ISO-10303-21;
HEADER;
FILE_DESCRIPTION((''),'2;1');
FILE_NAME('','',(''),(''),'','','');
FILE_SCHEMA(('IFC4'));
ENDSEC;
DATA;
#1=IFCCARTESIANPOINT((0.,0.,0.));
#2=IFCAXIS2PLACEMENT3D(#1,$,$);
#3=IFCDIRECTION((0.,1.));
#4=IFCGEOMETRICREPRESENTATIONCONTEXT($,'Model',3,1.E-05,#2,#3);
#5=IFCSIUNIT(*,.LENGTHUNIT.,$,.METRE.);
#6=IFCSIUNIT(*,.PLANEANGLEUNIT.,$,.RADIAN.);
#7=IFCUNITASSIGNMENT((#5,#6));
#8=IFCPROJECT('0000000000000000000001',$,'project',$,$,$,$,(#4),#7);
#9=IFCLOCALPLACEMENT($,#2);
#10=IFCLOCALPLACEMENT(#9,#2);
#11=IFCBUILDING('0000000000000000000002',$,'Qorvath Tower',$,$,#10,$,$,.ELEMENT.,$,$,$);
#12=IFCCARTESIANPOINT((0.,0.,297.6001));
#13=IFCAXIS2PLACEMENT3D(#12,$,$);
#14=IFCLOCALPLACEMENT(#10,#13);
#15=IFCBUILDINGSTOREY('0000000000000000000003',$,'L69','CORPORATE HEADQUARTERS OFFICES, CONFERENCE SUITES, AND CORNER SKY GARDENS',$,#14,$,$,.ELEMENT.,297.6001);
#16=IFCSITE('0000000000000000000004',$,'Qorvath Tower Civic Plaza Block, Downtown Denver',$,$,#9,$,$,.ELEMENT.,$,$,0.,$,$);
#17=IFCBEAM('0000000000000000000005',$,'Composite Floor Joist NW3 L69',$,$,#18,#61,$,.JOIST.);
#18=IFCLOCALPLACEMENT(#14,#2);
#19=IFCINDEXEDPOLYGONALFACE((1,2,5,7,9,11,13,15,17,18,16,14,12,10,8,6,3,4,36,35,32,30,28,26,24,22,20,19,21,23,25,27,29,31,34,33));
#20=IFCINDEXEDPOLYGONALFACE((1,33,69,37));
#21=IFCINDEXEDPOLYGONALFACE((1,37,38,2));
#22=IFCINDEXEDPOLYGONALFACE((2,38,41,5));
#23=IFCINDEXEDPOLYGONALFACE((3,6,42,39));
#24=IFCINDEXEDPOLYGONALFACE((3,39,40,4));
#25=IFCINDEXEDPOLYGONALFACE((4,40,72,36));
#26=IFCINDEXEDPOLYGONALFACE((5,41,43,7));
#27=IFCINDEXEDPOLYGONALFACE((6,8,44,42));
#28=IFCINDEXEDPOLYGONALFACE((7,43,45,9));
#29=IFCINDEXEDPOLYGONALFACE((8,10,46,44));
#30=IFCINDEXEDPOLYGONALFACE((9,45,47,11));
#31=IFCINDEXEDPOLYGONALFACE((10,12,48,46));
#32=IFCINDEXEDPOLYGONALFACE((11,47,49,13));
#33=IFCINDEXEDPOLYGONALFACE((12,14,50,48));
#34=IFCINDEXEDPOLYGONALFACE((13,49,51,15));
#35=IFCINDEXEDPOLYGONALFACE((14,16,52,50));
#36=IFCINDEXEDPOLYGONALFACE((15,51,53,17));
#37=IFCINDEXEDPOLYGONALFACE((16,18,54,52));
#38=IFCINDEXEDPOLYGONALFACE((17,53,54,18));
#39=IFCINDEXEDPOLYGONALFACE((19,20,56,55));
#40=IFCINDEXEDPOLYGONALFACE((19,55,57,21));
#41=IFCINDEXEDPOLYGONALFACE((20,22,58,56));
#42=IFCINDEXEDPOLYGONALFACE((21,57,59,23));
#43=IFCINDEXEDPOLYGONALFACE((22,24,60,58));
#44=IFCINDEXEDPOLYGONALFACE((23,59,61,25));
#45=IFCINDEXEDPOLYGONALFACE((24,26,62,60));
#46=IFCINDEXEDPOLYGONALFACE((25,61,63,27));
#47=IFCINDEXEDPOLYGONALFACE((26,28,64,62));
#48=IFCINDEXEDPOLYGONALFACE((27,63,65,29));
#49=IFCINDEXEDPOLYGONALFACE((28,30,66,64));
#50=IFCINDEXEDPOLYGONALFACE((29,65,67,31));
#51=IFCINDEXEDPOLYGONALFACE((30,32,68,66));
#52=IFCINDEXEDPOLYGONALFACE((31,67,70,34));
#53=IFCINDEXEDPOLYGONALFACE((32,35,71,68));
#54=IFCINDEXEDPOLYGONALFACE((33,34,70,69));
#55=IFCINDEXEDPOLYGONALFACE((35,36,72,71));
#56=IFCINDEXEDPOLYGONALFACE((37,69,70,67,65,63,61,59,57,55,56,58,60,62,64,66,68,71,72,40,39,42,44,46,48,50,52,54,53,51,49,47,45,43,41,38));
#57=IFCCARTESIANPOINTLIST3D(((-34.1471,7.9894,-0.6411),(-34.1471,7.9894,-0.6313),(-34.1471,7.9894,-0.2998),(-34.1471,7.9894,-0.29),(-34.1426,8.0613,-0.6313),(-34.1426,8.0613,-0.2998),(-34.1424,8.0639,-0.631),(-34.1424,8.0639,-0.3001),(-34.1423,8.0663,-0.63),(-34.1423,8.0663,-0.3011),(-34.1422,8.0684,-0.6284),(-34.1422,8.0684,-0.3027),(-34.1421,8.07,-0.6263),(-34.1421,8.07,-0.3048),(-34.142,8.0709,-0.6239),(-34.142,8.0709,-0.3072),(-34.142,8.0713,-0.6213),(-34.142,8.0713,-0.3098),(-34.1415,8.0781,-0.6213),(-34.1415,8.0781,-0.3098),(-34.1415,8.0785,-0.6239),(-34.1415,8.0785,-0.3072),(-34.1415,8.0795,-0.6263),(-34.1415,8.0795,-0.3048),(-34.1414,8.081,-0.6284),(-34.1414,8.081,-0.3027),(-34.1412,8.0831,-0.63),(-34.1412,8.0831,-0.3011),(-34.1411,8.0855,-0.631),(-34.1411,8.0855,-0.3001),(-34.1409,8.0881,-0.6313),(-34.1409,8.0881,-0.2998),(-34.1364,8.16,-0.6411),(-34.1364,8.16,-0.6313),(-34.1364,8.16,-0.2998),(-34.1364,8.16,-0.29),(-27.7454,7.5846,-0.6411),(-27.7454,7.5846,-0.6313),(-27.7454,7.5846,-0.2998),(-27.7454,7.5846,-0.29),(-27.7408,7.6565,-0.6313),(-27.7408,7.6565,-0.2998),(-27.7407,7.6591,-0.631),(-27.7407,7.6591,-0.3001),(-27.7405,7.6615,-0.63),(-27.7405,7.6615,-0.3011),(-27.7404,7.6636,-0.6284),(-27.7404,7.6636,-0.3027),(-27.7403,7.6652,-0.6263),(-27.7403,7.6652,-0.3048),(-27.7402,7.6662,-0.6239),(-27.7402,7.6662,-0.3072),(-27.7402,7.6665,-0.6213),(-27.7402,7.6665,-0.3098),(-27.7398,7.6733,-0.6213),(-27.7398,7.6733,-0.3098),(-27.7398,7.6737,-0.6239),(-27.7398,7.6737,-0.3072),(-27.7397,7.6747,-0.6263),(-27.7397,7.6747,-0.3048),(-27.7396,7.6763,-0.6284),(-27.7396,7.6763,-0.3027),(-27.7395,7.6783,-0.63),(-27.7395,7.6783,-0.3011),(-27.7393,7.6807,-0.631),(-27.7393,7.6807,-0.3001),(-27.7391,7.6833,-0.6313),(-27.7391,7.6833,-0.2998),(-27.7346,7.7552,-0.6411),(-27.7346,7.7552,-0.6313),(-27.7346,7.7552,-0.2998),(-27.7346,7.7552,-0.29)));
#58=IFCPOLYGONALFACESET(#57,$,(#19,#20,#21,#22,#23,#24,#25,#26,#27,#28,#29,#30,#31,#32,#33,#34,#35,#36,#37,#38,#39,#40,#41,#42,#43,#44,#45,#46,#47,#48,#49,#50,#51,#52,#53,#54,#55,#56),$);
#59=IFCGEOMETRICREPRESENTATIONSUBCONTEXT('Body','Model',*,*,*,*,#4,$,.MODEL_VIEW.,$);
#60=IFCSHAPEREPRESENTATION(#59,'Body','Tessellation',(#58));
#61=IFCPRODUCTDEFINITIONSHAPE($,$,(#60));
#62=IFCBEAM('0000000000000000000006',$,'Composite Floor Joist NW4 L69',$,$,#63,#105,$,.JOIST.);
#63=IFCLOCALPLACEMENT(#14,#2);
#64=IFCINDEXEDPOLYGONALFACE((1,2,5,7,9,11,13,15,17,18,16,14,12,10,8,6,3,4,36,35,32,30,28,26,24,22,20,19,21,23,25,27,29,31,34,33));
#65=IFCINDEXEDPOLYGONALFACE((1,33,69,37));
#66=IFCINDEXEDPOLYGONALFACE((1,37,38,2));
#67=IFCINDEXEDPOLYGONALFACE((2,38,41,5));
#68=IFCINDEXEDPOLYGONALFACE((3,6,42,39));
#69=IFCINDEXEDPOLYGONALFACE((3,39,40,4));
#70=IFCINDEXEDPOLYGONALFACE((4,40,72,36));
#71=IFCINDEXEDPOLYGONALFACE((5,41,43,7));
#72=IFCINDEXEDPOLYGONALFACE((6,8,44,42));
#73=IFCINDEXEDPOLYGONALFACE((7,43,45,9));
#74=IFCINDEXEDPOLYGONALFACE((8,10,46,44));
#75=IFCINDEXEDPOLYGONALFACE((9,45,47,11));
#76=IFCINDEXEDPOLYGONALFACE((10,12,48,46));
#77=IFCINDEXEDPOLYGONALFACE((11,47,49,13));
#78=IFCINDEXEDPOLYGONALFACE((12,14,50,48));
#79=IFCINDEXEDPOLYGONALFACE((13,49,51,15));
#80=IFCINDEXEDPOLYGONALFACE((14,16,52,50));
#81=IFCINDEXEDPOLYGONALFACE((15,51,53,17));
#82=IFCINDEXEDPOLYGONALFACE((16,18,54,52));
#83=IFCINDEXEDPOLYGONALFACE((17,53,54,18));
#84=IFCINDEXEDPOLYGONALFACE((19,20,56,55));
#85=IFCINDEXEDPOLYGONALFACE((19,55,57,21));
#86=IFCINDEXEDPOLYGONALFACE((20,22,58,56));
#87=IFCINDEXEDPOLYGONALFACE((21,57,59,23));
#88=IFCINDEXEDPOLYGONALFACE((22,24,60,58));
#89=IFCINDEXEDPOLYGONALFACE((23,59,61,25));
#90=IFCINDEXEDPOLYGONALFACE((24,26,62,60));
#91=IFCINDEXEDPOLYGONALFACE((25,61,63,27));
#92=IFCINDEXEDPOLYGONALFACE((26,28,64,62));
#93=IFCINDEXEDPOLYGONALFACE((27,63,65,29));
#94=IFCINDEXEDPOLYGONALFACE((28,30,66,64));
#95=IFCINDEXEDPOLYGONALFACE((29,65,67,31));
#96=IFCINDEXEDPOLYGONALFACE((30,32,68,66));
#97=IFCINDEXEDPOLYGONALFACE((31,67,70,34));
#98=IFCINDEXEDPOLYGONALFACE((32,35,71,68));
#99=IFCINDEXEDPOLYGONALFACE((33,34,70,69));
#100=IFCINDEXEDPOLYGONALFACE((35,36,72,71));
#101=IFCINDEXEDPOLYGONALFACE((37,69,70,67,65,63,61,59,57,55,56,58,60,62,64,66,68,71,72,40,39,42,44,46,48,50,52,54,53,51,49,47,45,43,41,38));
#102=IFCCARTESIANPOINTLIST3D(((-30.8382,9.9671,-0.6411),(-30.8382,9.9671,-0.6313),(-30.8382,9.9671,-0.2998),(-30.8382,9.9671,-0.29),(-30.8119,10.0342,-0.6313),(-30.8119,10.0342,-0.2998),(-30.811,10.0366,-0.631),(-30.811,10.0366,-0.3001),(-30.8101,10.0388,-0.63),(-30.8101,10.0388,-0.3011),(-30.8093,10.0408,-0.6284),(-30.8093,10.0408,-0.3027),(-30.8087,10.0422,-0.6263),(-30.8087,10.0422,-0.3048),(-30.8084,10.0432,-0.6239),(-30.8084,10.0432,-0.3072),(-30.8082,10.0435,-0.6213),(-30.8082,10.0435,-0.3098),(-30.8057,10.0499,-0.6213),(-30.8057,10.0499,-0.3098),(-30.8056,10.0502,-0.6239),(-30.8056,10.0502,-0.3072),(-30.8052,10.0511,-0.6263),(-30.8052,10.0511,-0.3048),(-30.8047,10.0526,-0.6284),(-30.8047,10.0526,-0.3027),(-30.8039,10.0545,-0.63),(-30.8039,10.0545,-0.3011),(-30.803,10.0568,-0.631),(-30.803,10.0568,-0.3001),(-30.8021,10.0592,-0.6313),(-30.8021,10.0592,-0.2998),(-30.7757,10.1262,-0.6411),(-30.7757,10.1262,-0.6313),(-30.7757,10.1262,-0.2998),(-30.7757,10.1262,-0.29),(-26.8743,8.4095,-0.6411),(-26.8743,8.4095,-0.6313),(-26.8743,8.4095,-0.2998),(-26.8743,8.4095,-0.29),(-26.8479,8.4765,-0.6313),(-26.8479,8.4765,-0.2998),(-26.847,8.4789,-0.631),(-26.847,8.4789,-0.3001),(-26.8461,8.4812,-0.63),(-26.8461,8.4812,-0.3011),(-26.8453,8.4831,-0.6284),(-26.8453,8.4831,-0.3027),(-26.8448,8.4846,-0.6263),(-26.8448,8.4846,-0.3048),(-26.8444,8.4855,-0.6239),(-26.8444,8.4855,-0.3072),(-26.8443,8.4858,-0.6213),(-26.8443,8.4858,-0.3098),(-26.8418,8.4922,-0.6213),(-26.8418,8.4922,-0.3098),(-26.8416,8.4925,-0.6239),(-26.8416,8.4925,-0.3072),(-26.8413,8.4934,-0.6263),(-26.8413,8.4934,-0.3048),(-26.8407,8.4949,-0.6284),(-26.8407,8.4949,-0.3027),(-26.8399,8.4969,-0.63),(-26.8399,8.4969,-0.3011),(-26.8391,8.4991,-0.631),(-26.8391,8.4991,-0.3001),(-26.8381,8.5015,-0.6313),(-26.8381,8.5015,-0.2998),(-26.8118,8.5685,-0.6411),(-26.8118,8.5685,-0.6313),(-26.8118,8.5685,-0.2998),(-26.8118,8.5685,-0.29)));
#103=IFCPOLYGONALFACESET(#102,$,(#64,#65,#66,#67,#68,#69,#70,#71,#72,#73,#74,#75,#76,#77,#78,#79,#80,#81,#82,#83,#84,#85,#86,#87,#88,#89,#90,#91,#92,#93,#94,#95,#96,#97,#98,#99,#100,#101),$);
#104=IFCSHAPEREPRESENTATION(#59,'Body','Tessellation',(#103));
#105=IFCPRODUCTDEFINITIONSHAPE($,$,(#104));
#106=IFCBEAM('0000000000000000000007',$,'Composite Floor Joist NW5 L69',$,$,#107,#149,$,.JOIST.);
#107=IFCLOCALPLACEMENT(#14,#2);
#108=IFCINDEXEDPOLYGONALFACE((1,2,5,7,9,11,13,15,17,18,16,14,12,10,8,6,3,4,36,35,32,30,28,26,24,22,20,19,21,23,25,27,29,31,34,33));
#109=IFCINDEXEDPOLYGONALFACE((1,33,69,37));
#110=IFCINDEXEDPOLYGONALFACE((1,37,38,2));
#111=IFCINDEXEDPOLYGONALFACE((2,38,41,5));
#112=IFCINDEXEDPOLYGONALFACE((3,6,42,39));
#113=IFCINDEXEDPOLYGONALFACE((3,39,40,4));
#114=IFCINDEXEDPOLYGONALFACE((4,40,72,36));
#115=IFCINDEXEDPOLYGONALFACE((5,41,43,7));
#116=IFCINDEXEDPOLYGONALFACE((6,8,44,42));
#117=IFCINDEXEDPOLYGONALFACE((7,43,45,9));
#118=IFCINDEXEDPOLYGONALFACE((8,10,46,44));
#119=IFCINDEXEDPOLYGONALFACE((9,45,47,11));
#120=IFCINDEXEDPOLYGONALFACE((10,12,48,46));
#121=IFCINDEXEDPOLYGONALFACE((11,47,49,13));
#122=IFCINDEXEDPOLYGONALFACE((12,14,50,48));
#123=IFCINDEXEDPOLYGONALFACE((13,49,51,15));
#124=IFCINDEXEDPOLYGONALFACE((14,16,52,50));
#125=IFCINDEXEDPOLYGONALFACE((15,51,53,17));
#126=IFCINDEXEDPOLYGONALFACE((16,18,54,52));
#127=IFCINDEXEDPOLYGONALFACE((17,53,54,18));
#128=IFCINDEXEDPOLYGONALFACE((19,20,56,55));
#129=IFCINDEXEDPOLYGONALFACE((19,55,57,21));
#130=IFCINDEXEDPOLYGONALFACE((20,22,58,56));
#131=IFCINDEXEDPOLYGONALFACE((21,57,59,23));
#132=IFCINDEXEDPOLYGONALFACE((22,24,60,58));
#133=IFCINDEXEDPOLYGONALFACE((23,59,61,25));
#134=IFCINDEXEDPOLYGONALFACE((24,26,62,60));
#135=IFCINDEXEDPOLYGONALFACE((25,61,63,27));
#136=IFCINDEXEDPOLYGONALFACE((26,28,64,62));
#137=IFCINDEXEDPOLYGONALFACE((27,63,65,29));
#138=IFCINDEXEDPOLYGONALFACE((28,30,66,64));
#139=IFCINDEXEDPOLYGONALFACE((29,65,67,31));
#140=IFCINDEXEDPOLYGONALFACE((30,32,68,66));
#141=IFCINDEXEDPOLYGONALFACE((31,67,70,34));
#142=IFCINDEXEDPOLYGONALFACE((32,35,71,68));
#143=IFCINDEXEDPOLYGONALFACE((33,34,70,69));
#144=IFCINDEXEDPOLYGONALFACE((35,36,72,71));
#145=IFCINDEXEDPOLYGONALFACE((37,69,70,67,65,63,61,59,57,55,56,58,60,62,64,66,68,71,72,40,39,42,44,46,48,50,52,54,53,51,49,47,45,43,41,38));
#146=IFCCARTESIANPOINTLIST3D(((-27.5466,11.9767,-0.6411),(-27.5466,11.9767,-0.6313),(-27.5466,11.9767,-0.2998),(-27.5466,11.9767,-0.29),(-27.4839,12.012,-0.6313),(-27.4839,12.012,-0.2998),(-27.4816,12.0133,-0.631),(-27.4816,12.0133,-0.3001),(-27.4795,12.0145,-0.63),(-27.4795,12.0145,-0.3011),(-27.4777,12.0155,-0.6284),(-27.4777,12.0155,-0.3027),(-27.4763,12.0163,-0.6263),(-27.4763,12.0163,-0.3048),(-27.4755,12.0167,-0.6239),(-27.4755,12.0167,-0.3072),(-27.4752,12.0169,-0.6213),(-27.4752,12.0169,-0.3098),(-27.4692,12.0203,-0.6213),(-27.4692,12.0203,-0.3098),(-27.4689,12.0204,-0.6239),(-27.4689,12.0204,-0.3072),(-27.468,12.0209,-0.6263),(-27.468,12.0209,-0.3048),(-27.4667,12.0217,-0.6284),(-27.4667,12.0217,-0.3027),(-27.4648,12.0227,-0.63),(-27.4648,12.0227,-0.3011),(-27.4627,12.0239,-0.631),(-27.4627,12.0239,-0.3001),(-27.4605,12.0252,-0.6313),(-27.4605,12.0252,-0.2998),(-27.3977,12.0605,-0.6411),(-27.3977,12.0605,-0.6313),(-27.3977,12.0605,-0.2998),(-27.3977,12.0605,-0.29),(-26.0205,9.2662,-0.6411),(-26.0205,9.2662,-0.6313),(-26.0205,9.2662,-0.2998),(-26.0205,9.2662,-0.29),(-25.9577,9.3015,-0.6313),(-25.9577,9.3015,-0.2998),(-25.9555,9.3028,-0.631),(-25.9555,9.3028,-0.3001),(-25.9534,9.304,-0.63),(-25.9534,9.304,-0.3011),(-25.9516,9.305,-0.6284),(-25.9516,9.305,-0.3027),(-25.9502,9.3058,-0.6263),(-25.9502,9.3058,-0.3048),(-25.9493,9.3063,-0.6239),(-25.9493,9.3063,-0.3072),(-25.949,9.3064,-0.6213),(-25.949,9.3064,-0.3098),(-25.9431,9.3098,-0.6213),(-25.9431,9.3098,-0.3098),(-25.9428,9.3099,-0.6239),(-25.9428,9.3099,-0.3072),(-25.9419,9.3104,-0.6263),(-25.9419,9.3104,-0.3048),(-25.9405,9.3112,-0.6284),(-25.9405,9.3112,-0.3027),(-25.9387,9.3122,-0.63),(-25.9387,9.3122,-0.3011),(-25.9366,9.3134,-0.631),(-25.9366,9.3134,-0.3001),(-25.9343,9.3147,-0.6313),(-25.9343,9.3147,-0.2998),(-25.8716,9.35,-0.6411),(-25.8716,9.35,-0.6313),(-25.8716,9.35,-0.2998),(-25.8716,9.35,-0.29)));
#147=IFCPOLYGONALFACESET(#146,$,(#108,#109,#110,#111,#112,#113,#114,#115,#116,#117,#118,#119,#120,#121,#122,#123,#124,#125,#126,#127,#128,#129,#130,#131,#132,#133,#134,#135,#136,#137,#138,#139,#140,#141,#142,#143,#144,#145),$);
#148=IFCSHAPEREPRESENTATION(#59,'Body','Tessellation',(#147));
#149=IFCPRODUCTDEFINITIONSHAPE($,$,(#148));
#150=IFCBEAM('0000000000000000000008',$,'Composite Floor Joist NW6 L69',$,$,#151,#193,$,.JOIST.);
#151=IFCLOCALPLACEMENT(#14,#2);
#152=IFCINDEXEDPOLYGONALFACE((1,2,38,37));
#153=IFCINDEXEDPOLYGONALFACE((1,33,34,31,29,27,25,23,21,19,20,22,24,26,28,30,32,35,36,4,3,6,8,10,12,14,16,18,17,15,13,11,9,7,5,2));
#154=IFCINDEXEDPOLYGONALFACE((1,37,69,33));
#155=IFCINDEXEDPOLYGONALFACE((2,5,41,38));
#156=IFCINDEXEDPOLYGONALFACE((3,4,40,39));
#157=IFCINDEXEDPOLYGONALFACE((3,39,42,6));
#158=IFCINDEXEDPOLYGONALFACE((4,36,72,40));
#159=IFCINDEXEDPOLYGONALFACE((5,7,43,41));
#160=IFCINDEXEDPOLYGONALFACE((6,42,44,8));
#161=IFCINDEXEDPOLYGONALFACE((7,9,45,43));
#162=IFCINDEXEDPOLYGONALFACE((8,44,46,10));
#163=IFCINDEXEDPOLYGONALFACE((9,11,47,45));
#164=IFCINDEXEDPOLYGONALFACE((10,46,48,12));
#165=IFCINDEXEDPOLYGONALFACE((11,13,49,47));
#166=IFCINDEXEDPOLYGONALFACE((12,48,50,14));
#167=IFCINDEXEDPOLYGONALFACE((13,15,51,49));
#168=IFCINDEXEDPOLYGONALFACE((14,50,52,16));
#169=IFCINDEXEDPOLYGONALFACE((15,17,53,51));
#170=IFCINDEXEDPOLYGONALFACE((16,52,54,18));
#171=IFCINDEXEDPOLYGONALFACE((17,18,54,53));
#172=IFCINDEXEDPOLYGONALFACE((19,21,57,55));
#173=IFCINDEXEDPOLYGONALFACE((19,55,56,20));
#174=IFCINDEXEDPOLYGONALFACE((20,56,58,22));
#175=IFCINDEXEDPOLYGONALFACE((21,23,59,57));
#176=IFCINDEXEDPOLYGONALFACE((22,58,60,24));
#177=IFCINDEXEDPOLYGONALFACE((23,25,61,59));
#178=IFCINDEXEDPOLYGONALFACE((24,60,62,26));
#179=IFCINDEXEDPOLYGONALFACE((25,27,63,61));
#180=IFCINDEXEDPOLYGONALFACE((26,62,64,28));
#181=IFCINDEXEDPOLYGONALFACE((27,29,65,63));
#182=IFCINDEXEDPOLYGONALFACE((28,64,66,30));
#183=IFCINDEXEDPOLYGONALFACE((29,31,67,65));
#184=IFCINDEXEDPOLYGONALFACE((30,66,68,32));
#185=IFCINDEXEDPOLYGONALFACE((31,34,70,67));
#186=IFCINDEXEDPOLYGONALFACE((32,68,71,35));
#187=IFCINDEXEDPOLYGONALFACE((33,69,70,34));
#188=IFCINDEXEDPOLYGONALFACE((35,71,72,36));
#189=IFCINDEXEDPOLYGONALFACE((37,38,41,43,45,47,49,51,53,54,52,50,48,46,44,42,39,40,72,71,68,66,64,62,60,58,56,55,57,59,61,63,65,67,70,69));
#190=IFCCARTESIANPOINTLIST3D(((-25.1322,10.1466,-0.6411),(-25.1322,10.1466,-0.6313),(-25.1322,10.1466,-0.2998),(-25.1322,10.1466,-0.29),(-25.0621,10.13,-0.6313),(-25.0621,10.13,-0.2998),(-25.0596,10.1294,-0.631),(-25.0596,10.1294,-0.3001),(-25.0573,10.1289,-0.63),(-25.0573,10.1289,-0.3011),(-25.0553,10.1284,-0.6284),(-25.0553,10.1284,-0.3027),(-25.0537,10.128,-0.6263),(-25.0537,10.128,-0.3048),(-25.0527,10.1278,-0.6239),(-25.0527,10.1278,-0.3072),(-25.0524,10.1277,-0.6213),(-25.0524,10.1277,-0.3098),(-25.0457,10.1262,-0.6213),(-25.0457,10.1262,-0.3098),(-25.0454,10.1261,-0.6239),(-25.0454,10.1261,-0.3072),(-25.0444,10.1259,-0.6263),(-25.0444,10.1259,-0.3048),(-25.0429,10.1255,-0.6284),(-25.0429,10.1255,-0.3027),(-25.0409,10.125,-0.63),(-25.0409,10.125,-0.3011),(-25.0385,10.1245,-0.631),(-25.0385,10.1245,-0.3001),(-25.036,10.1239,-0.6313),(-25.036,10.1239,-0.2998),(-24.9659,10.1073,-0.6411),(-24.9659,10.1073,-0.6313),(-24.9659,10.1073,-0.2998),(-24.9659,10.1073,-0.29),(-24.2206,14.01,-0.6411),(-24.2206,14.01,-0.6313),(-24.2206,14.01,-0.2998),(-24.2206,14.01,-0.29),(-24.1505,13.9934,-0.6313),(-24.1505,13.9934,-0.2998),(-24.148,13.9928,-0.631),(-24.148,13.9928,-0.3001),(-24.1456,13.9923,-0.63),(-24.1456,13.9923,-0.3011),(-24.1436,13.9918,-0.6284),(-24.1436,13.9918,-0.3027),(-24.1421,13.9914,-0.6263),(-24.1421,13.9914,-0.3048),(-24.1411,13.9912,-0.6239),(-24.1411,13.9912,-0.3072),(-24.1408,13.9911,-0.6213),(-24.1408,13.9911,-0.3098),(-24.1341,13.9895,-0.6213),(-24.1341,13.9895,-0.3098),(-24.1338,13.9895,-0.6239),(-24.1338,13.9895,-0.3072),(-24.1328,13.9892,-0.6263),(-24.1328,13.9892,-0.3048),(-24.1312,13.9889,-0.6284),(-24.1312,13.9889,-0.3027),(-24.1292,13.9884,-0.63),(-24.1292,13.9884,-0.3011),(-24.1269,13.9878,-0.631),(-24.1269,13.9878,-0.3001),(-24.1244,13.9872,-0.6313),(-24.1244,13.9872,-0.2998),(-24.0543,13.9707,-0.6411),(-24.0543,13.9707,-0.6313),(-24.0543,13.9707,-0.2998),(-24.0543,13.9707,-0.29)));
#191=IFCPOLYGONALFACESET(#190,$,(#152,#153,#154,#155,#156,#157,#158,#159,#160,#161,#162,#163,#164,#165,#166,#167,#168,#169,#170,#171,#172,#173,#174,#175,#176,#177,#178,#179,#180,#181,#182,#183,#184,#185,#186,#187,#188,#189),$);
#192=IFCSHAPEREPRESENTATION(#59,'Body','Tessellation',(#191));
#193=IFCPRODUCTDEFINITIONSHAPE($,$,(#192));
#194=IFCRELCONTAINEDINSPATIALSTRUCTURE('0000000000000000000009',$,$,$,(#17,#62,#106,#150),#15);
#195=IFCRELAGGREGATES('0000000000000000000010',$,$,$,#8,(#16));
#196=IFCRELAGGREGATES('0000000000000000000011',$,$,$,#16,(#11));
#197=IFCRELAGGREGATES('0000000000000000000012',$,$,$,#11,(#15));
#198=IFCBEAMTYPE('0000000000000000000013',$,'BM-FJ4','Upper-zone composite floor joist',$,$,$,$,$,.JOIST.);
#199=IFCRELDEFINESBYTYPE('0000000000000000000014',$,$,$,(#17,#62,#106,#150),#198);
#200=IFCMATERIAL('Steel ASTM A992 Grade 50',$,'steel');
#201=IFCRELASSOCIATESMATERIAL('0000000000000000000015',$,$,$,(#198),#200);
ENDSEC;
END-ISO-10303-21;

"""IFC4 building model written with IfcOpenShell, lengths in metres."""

from ifc_helpers import new_model, si_unit, direction, frame, origin, origin_2d, place, context, subcontext, project, spatial, i_section, extrude, material, material_profile, profile_set, type_object, element, save


model = new_model("IFC4")

# Units and contexts
model_context = context("Model", 3, precision=1e-05, world=origin(), true_north=direction((0.0, 1.0)))
body_context = subcontext(model_context, "Body", "Model", "MODEL_VIEW")
ifc_project = project(units=[si_unit("LENGTHUNIT", "METRE"), si_unit("PLANEANGLEUNIT", "RADIAN")], contexts=[model_context])

# Site, building, storey
site_placement = place(None, origin())
site = spatial("IfcSite", under=ifc_project, at=site_placement, Name="Qorvath Tower Civic Plaza Block, Downtown Denver", CompositionType="ELEMENT", RefElevation=0.0)
building_placement = place(site_placement, origin())
building = spatial("IfcBuilding", under=site, at=building_placement, Name="Qorvath Tower", CompositionType="ELEMENT")
storey_placement = place(building_placement, frame((0.0, 0.0, 297.6001)))
storey = spatial("IfcBuildingStorey", under=building, at=storey_placement, Name="L69", Description="CORPORATE HEADQUARTERS OFFICES, CONFERENCE SUITES, AND CORNER SKY GARDENS", CompositionType="ELEMENT", Elevation=297.6001)

# Beams
ifc_material_1 = material(Name="Steel ASTM A992 Grade 50", Category="steel")
ifc_material_profile_1 = material_profile(ifc_material_1, i_section(OverallWidth=0.1709, OverallDepth=0.3511, WebThickness=0.0068, FlangeThickness=0.0098, FilletRadius=0.01, at=origin_2d()), Name="W14x30")
ifc_profile_set_1 = profile_set([ifc_material_profile_1], Name="Steel ASTM A992 Grade 50")
beam_type_1 = type_object("IfcBeamType", Name="BM-FJ4", Description="Upper-zone composite floor joist", PredefinedType="JOIST", material=ifc_profile_set_1)
beam_1_placement = place(storey_placement, frame((-27.74, 7.6699, -0.4656), z_axis=(-0.998007, 0.063103, 0.0), x_axis=(-0.063103, -0.998007, 0.0)))
element("IfcBeam", 1, at=beam_1_placement, inside=storey, type_object=beam_type_1, Name="Composite Floor Joist NW3 L69", PredefinedType="JOIST", context=body_context, shape_type="SweptSolid", body=[
    extrude(i_section(OverallWidth=0.1709, OverallDepth=0.3511, WebThickness=0.0068, FlangeThickness=0.0098, FilletRadius=0.01, at=origin_2d()), origin(), (0.0, 0.0, 1.0), 6.4146),
])
beam_2_placement = place(storey_placement, frame((-26.843, 8.489, -0.4656), z_axis=(-0.930721, 0.36573, 0.0), x_axis=(-0.36573, -0.930721, 0.0)))
element("IfcBeam", 2, at=beam_2_placement, inside=storey, type_object=beam_type_1, Name="Composite Floor Joist NW4 L69", PredefinedType="JOIST", context=body_context, shape_type="SweptSolid", body=[
    extrude(i_section(OverallWidth=0.1709, OverallDepth=0.3511, WebThickness=0.0068, FlangeThickness=0.0098, FilletRadius=0.01, at=origin_2d()), origin(), (0.0, 0.0, 1.0), 4.259),
])
beam_3_placement = place(storey_placement, frame((-25.946, 9.3081, -0.4656), z_axis=(-0.490626, 0.87137, 0.0), x_axis=(-0.87137, -0.490626, 0.0)))
element("IfcBeam", 3, at=beam_3_placement, inside=storey, type_object=beam_type_1, Name="Composite Floor Joist NW5 L69", PredefinedType="JOIST", context=body_context, shape_type="SweptSolid", body=[
    extrude(i_section(OverallWidth=0.1709, OverallDepth=0.3511, WebThickness=0.0068, FlangeThickness=0.0098, FilletRadius=0.01, at=origin_2d()), origin(), (0.0, 0.0, 1.0), 3.1106),
])
beam_4_placement = place(storey_placement, frame((-25.0491, 10.127, -0.4656), z_axis=(0.229663, 0.97327, 0.0), x_axis=(-0.97327, 0.229663, 0.0)))
element("IfcBeam", 4, at=beam_4_placement, inside=storey, type_object=beam_type_1, Name="Composite Floor Joist NW6 L69", PredefinedType="JOIST", context=body_context, shape_type="SweptSolid", body=[
    extrude(i_section(OverallWidth=0.1709, OverallDepth=0.3511, WebThickness=0.0068, FlangeThickness=0.0098, FilletRadius=0.01, at=origin_2d()), origin(), (0.0, 0.0, 1.0), 3.9695),
])

save(model, "model.ifc")
